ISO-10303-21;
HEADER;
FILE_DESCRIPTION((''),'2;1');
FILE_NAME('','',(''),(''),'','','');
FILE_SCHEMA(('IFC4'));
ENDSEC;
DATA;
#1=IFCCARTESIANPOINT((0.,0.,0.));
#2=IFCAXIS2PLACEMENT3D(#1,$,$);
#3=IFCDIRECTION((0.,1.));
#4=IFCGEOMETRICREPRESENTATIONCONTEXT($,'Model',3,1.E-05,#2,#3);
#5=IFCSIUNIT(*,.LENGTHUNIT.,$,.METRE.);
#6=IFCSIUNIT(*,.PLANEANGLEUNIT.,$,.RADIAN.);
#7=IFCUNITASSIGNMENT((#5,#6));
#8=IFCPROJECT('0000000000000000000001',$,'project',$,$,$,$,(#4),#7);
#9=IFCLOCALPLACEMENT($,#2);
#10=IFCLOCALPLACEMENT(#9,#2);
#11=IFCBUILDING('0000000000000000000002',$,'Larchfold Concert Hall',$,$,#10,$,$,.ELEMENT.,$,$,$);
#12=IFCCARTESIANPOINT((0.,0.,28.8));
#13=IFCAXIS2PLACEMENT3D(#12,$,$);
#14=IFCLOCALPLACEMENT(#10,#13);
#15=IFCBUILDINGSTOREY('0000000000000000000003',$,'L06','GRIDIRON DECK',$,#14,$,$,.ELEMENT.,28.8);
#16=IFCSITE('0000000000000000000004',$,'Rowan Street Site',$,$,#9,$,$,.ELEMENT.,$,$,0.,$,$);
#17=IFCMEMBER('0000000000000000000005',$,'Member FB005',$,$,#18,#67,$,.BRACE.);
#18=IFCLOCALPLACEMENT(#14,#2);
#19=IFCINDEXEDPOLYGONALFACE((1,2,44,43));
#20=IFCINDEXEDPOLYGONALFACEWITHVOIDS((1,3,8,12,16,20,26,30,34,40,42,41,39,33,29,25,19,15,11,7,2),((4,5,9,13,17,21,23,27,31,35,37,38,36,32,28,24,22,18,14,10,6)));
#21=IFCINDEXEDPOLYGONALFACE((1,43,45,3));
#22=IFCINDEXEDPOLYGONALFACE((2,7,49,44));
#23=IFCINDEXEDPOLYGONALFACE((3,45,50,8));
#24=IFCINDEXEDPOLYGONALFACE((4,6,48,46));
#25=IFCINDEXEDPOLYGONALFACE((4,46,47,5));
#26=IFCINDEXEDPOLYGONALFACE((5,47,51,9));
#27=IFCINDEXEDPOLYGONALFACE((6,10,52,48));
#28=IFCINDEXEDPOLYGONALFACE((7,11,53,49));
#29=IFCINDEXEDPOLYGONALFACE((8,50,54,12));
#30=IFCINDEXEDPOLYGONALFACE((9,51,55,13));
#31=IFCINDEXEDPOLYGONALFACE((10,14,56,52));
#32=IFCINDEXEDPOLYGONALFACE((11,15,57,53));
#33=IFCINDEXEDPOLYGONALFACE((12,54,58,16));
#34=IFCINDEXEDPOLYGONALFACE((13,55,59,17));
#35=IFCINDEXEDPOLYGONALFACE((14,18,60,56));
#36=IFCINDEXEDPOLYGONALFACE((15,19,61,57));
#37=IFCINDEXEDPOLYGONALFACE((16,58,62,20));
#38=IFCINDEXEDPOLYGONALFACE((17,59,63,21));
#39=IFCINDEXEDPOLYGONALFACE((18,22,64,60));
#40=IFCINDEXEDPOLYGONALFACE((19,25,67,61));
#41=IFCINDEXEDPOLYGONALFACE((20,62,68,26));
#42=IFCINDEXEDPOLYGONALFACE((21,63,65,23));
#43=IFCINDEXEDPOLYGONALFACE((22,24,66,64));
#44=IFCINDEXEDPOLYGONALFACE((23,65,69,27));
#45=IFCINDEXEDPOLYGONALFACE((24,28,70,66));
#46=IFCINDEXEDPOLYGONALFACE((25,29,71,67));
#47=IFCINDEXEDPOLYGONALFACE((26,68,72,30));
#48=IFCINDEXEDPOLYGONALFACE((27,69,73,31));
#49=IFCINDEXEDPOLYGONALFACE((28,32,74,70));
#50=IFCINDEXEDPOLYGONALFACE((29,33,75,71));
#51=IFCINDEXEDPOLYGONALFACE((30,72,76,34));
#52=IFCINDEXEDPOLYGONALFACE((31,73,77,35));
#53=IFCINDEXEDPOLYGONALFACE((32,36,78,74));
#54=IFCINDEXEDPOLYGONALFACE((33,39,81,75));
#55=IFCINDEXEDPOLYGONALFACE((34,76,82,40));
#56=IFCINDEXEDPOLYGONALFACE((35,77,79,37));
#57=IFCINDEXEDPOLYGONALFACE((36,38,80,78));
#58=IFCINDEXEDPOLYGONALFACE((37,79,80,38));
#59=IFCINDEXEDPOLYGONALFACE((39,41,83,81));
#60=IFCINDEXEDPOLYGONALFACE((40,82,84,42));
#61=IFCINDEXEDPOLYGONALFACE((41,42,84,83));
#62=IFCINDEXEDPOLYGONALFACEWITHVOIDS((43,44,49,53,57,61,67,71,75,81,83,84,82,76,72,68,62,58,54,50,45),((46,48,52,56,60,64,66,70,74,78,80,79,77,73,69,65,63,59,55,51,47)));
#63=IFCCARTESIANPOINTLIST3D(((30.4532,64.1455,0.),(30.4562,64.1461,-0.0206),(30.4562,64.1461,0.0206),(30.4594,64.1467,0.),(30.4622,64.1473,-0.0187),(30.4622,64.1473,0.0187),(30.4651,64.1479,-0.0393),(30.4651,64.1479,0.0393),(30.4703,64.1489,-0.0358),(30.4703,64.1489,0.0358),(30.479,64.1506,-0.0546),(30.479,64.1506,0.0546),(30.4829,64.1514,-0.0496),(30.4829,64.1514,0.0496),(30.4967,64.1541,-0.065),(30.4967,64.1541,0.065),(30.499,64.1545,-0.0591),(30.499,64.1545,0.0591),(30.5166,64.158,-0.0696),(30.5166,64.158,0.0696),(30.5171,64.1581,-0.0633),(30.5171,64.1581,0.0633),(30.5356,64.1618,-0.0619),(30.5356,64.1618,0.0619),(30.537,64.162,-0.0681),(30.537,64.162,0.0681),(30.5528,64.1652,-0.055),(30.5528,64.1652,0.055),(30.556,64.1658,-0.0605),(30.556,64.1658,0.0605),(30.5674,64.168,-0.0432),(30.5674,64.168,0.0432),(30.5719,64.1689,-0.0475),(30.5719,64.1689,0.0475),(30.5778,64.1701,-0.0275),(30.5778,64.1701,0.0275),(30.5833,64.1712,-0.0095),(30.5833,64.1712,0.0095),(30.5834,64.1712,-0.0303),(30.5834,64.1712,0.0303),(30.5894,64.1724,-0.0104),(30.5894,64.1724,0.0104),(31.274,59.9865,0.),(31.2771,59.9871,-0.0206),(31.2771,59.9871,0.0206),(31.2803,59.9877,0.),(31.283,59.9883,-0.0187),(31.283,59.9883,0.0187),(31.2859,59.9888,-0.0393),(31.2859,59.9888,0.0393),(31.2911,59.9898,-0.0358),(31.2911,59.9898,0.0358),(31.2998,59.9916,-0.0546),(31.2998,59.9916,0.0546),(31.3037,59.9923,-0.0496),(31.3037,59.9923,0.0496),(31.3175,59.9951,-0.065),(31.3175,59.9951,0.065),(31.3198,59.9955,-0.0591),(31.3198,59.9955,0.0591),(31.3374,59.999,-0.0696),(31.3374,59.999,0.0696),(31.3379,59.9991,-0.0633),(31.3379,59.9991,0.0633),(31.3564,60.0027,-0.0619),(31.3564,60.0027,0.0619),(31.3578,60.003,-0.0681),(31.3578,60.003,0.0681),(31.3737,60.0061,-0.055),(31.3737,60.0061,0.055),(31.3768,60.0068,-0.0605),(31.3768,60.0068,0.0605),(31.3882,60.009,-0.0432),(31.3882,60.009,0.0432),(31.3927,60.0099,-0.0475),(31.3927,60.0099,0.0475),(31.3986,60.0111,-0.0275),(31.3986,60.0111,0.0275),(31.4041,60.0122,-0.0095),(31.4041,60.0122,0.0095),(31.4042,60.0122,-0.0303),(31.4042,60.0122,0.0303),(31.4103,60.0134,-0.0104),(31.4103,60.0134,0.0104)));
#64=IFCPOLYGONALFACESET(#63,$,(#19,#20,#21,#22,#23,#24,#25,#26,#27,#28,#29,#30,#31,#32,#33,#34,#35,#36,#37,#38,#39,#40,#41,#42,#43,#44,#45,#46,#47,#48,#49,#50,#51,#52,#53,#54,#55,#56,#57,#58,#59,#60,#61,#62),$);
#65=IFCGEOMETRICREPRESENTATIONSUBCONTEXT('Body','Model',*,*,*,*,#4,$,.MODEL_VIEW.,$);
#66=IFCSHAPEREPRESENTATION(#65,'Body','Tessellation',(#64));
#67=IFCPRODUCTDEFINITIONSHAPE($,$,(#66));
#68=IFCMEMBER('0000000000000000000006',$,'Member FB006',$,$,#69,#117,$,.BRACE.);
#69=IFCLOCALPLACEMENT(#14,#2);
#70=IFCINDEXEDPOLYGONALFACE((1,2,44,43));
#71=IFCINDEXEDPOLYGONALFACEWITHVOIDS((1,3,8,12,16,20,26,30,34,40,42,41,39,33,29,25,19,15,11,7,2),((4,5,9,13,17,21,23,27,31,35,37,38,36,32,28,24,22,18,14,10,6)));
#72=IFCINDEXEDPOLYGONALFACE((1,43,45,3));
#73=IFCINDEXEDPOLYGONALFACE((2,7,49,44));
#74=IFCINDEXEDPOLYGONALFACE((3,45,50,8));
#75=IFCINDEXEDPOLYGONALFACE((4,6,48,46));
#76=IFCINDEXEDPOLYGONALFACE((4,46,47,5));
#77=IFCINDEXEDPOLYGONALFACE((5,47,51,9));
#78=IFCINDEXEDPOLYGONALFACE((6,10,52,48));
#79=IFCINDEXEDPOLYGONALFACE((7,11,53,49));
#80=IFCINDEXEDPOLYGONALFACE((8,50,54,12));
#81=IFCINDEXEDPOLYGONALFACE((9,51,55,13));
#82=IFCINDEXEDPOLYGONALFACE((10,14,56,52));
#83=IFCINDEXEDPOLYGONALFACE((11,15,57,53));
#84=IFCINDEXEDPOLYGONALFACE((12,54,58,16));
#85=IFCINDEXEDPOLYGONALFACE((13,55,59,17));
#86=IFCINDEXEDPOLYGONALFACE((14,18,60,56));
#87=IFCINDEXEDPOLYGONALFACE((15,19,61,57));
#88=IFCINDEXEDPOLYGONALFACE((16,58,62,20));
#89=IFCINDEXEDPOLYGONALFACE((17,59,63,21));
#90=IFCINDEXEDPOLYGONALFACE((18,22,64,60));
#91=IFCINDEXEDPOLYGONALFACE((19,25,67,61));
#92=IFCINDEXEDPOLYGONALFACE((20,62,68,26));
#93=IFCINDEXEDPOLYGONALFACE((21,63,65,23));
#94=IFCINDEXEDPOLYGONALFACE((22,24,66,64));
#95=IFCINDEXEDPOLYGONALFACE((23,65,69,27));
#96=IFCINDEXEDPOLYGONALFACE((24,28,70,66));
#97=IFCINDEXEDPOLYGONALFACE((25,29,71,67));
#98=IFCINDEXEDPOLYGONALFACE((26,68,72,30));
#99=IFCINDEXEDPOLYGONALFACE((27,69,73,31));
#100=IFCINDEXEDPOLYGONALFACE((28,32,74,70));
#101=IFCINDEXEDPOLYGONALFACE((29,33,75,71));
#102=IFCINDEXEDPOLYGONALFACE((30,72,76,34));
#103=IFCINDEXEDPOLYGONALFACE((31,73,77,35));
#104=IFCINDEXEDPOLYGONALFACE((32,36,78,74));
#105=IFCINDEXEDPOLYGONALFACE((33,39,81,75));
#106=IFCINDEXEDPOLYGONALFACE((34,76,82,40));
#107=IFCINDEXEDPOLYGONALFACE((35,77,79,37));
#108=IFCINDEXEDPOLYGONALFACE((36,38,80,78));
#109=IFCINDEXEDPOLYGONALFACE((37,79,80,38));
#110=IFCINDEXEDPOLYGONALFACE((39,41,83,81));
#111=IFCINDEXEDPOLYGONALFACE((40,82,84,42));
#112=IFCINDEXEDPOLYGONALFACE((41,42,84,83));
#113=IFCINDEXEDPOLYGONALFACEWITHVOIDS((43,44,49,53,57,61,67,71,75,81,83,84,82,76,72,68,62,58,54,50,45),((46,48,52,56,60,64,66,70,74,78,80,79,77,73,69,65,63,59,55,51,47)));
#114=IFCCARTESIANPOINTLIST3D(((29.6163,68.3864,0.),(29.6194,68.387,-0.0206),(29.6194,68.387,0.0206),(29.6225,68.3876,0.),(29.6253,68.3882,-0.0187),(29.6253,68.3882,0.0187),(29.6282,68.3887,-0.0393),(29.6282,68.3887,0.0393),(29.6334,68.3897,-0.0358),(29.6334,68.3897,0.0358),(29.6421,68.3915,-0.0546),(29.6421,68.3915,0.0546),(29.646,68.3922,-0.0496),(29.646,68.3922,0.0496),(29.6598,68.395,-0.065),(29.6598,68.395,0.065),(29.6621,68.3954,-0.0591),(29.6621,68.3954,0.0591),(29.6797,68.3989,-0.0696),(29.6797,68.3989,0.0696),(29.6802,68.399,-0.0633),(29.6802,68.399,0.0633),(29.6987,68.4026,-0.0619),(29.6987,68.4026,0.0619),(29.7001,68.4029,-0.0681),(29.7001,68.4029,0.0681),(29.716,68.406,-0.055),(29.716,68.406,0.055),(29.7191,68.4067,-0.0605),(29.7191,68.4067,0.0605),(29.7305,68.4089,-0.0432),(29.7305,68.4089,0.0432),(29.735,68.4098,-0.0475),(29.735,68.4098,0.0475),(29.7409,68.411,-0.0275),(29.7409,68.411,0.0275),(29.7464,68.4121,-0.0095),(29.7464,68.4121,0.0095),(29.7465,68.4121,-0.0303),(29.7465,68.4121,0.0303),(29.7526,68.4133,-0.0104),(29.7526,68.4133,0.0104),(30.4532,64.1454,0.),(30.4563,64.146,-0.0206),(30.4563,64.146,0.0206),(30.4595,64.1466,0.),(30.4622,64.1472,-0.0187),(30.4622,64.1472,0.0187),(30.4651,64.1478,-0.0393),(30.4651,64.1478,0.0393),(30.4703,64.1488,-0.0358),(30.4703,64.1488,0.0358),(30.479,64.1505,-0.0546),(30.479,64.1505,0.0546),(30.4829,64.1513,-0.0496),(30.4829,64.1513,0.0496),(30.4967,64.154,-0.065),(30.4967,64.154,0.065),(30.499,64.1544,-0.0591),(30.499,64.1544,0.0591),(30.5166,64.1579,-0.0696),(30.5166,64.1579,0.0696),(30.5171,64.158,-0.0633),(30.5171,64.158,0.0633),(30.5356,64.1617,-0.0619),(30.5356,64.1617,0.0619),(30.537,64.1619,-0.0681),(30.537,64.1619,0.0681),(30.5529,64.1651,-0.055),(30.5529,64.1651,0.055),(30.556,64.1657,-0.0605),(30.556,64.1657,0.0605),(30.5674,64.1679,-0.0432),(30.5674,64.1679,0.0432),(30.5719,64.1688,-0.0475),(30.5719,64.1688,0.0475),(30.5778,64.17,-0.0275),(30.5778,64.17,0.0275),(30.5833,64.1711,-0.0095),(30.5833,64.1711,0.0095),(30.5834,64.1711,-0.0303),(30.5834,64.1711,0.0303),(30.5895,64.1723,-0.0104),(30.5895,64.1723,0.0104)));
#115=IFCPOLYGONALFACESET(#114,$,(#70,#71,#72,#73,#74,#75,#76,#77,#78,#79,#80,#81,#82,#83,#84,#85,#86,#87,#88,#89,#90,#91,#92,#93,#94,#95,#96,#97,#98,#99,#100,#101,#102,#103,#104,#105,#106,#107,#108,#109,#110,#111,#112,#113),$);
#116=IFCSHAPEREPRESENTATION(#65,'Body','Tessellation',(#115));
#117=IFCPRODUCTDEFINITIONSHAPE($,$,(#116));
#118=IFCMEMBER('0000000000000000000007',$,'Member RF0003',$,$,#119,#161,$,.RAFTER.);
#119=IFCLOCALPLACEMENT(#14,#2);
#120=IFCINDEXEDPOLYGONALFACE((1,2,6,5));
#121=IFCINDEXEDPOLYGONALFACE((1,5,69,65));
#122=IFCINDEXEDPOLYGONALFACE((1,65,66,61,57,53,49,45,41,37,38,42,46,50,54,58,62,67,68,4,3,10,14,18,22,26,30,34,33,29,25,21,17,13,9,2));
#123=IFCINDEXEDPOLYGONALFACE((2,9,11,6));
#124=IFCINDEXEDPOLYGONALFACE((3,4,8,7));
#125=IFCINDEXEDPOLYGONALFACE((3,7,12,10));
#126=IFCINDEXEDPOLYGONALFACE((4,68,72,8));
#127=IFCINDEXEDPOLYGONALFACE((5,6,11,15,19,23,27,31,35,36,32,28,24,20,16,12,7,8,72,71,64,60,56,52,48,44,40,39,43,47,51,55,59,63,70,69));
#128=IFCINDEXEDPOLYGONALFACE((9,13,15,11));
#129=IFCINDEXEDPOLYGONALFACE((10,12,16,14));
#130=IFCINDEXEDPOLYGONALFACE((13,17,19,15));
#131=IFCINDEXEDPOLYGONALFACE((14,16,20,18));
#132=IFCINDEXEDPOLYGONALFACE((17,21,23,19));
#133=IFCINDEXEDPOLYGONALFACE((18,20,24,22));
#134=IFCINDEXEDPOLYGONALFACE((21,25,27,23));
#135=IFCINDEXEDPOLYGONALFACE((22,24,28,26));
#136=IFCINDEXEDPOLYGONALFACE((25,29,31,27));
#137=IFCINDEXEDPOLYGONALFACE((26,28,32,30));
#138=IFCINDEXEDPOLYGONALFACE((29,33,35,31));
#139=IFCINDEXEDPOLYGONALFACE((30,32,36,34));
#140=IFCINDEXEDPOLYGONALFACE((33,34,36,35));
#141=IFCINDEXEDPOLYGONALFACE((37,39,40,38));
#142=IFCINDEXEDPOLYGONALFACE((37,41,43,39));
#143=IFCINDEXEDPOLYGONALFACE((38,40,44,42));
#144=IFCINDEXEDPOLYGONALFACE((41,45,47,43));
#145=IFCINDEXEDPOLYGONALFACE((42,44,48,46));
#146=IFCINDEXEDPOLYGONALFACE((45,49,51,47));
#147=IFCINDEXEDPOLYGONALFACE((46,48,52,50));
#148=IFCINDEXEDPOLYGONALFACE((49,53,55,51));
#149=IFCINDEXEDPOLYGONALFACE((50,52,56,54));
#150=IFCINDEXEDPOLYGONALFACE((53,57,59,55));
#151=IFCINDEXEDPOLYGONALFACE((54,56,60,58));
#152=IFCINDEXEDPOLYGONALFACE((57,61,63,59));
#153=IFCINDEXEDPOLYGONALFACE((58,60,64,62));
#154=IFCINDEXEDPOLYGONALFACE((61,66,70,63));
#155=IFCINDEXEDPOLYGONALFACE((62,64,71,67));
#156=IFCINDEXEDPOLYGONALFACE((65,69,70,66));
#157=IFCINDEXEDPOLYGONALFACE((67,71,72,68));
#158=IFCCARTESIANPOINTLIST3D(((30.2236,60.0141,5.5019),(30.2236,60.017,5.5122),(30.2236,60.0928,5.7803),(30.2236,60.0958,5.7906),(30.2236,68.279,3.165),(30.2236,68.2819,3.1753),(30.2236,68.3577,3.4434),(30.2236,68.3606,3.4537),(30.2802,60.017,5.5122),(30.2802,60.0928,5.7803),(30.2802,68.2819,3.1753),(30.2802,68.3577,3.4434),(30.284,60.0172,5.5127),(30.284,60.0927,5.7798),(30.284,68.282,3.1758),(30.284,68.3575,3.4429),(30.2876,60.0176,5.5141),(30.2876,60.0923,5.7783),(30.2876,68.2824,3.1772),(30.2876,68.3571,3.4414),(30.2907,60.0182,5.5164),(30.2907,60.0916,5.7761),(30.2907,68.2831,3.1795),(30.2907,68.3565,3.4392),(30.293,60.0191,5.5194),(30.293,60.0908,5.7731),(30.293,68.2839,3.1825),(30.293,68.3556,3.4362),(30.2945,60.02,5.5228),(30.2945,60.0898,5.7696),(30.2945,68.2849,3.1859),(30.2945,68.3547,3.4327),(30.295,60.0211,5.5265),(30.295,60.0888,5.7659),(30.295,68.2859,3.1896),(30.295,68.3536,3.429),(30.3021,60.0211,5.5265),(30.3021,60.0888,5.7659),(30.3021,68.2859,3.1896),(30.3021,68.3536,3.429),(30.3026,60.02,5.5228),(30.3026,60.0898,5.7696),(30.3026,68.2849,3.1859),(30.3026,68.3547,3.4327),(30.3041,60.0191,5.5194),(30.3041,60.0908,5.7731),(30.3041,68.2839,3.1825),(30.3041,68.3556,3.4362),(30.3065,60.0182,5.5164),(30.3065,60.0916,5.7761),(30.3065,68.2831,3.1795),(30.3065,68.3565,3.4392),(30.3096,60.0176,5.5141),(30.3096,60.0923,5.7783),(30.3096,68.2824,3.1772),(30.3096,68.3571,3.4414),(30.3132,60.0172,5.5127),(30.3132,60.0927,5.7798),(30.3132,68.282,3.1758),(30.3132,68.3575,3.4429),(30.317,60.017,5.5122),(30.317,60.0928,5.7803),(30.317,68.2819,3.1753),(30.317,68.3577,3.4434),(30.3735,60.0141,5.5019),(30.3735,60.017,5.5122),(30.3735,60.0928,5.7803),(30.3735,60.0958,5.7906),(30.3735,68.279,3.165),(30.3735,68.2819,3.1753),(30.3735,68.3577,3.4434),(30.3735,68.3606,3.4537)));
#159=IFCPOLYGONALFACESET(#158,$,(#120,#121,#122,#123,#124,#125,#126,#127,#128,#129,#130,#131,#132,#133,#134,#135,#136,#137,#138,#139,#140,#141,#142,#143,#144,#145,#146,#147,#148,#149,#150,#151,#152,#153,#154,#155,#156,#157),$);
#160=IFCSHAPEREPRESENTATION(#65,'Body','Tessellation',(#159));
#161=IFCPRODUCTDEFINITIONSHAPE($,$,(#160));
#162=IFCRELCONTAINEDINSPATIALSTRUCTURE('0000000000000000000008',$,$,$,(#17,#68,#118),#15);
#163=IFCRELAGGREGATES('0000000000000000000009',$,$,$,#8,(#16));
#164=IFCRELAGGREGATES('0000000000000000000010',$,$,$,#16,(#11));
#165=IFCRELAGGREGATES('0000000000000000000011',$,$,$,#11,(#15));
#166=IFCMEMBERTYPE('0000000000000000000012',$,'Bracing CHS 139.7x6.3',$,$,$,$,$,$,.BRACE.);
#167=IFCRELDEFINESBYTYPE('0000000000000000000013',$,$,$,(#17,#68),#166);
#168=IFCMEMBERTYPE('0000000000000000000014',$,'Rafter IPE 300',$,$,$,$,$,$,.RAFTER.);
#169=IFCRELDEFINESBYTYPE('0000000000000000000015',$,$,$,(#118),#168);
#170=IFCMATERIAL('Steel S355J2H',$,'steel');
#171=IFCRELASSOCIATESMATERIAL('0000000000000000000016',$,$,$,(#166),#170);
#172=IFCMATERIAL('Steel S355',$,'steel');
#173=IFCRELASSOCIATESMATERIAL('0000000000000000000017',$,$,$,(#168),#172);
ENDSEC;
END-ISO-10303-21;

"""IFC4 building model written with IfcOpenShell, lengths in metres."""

from ifc_helpers import new_model, si_unit, direction, frame, origin, origin_2d, place, context, subcontext, project, spatial, hollow_circle, i_section, extrude, material, material_profile, profile_set, type_object, element, save


model = new_model("IFC4")

# Units and contexts
model_context = context("Model", 3, precision=1e-05, world=origin(), true_north=direction((0.0, 1.0)))
body_context = subcontext(model_context, "Body", "Model", "MODEL_VIEW")
ifc_project = project(units=[si_unit("LENGTHUNIT", "METRE"), si_unit("PLANEANGLEUNIT", "RADIAN")], contexts=[model_context])

# Site, building, storey
site_placement = place(None, origin())
site = spatial("IfcSite", under=ifc_project, at=site_placement, Name="Rowan Street Site", CompositionType="ELEMENT", RefElevation=0.0)
building_placement = place(site_placement, origin())
building = spatial("IfcBuilding", under=site, at=building_placement, Name="Larchfold Concert Hall", CompositionType="ELEMENT")
storey_placement = place(building_placement, frame((0.0, 0.0, 28.8)))
storey = spatial("IfcBuildingStorey", under=building, at=storey_placement, Name="L06", Description="GRIDIRON DECK", CompositionType="ELEMENT", Elevation=28.8)

# Members
ifc_material_1 = material(Name="Steel S355J2H", Category="steel")
ifc_material_profile_1 = material_profile(ifc_material_1, hollow_circle(Radius=0.0698, WallThickness=0.0063, at=origin_2d()))
ifc_profile_set_1 = profile_set([ifc_material_profile_1], Name="Steel S355J2H")
member_type_1 = type_object("IfcMemberType", Name="Bracing CHS 139.7x6.3", PredefinedType="BRACE", material=ifc_profile_set_1)
member_1_placement = place(storey_placement, frame((31.3425, 60.0, 0.0), z_axis=(-0.193624, 0.981076, 0.0), x_axis=(-0.981076, -0.193624, 0.0)))
element("IfcMember", 1, at=member_1_placement, inside=storey, type_object=member_type_1, Name="Member FB005", PredefinedType="BRACE", context=body_context, shape_type="SweptSolid", body=[
    extrude(hollow_circle(Radius=0.0698, WallThickness=0.0063, at=origin_2d()), origin(), (0.0, 0.0, 1.0), 4.2393),
])
member_2_placement = place(storey_placement, frame((30.5217, 64.1589, 0.0), z_axis=(-0.193607, 0.981079, 0.0), x_axis=(-0.981079, -0.193607, 0.0)))
element("IfcMember", 2, at=member_2_placement, inside=storey, type_object=member_type_1, Name="Member FB006", PredefinedType="BRACE", context=body_context, shape_type="SweptSolid", body=[
    extrude(hollow_circle(Radius=0.0698, WallThickness=0.0063, at=origin_2d()), origin(), (0.0, 0.0, 1.0), 4.3228),
])
ifc_material_2 = material(Name="Steel S355", Category="steel")
ifc_material_profile_2 = material_profile(ifc_material_2, i_section(OverallWidth=0.1499, OverallDepth=0.3, WebThickness=0.0071, FlangeThickness=0.0107, FilletRadius=0.0149, at=origin_2d()))
ifc_profile_set_2 = profile_set([ifc_material_profile_2], Name="Steel S355")
member_type_2 = type_object("IfcMemberType", Name="Rafter IPE 300", PredefinedType="RAFTER", material=ifc_profile_set_2)
for number, where, z_axis, x_axis, name in (
    (3, (30.2986, 60.0549, 5.6462), (0.0, 0.962273, -0.272085), (-1.0, 0.0, 0.0), "Member RF0003"),
):
    element("IfcMember", number, at=place(storey_placement, frame(where, z_axis=z_axis, x_axis=x_axis)), inside=storey, type_object=member_type_2, Name=name, PredefinedType="RAFTER", context=body_context, shape_type="SweptSolid", body=[
        extrude(i_section(OverallWidth=0.1499, OverallDepth=0.3, WebThickness=0.0071, FlangeThickness=0.0107, FilletRadius=0.0149, at=origin_2d()), origin(), (0.0, 0.0, 1.0), 8.5889),
    ])

save(model, "model.ifc")
